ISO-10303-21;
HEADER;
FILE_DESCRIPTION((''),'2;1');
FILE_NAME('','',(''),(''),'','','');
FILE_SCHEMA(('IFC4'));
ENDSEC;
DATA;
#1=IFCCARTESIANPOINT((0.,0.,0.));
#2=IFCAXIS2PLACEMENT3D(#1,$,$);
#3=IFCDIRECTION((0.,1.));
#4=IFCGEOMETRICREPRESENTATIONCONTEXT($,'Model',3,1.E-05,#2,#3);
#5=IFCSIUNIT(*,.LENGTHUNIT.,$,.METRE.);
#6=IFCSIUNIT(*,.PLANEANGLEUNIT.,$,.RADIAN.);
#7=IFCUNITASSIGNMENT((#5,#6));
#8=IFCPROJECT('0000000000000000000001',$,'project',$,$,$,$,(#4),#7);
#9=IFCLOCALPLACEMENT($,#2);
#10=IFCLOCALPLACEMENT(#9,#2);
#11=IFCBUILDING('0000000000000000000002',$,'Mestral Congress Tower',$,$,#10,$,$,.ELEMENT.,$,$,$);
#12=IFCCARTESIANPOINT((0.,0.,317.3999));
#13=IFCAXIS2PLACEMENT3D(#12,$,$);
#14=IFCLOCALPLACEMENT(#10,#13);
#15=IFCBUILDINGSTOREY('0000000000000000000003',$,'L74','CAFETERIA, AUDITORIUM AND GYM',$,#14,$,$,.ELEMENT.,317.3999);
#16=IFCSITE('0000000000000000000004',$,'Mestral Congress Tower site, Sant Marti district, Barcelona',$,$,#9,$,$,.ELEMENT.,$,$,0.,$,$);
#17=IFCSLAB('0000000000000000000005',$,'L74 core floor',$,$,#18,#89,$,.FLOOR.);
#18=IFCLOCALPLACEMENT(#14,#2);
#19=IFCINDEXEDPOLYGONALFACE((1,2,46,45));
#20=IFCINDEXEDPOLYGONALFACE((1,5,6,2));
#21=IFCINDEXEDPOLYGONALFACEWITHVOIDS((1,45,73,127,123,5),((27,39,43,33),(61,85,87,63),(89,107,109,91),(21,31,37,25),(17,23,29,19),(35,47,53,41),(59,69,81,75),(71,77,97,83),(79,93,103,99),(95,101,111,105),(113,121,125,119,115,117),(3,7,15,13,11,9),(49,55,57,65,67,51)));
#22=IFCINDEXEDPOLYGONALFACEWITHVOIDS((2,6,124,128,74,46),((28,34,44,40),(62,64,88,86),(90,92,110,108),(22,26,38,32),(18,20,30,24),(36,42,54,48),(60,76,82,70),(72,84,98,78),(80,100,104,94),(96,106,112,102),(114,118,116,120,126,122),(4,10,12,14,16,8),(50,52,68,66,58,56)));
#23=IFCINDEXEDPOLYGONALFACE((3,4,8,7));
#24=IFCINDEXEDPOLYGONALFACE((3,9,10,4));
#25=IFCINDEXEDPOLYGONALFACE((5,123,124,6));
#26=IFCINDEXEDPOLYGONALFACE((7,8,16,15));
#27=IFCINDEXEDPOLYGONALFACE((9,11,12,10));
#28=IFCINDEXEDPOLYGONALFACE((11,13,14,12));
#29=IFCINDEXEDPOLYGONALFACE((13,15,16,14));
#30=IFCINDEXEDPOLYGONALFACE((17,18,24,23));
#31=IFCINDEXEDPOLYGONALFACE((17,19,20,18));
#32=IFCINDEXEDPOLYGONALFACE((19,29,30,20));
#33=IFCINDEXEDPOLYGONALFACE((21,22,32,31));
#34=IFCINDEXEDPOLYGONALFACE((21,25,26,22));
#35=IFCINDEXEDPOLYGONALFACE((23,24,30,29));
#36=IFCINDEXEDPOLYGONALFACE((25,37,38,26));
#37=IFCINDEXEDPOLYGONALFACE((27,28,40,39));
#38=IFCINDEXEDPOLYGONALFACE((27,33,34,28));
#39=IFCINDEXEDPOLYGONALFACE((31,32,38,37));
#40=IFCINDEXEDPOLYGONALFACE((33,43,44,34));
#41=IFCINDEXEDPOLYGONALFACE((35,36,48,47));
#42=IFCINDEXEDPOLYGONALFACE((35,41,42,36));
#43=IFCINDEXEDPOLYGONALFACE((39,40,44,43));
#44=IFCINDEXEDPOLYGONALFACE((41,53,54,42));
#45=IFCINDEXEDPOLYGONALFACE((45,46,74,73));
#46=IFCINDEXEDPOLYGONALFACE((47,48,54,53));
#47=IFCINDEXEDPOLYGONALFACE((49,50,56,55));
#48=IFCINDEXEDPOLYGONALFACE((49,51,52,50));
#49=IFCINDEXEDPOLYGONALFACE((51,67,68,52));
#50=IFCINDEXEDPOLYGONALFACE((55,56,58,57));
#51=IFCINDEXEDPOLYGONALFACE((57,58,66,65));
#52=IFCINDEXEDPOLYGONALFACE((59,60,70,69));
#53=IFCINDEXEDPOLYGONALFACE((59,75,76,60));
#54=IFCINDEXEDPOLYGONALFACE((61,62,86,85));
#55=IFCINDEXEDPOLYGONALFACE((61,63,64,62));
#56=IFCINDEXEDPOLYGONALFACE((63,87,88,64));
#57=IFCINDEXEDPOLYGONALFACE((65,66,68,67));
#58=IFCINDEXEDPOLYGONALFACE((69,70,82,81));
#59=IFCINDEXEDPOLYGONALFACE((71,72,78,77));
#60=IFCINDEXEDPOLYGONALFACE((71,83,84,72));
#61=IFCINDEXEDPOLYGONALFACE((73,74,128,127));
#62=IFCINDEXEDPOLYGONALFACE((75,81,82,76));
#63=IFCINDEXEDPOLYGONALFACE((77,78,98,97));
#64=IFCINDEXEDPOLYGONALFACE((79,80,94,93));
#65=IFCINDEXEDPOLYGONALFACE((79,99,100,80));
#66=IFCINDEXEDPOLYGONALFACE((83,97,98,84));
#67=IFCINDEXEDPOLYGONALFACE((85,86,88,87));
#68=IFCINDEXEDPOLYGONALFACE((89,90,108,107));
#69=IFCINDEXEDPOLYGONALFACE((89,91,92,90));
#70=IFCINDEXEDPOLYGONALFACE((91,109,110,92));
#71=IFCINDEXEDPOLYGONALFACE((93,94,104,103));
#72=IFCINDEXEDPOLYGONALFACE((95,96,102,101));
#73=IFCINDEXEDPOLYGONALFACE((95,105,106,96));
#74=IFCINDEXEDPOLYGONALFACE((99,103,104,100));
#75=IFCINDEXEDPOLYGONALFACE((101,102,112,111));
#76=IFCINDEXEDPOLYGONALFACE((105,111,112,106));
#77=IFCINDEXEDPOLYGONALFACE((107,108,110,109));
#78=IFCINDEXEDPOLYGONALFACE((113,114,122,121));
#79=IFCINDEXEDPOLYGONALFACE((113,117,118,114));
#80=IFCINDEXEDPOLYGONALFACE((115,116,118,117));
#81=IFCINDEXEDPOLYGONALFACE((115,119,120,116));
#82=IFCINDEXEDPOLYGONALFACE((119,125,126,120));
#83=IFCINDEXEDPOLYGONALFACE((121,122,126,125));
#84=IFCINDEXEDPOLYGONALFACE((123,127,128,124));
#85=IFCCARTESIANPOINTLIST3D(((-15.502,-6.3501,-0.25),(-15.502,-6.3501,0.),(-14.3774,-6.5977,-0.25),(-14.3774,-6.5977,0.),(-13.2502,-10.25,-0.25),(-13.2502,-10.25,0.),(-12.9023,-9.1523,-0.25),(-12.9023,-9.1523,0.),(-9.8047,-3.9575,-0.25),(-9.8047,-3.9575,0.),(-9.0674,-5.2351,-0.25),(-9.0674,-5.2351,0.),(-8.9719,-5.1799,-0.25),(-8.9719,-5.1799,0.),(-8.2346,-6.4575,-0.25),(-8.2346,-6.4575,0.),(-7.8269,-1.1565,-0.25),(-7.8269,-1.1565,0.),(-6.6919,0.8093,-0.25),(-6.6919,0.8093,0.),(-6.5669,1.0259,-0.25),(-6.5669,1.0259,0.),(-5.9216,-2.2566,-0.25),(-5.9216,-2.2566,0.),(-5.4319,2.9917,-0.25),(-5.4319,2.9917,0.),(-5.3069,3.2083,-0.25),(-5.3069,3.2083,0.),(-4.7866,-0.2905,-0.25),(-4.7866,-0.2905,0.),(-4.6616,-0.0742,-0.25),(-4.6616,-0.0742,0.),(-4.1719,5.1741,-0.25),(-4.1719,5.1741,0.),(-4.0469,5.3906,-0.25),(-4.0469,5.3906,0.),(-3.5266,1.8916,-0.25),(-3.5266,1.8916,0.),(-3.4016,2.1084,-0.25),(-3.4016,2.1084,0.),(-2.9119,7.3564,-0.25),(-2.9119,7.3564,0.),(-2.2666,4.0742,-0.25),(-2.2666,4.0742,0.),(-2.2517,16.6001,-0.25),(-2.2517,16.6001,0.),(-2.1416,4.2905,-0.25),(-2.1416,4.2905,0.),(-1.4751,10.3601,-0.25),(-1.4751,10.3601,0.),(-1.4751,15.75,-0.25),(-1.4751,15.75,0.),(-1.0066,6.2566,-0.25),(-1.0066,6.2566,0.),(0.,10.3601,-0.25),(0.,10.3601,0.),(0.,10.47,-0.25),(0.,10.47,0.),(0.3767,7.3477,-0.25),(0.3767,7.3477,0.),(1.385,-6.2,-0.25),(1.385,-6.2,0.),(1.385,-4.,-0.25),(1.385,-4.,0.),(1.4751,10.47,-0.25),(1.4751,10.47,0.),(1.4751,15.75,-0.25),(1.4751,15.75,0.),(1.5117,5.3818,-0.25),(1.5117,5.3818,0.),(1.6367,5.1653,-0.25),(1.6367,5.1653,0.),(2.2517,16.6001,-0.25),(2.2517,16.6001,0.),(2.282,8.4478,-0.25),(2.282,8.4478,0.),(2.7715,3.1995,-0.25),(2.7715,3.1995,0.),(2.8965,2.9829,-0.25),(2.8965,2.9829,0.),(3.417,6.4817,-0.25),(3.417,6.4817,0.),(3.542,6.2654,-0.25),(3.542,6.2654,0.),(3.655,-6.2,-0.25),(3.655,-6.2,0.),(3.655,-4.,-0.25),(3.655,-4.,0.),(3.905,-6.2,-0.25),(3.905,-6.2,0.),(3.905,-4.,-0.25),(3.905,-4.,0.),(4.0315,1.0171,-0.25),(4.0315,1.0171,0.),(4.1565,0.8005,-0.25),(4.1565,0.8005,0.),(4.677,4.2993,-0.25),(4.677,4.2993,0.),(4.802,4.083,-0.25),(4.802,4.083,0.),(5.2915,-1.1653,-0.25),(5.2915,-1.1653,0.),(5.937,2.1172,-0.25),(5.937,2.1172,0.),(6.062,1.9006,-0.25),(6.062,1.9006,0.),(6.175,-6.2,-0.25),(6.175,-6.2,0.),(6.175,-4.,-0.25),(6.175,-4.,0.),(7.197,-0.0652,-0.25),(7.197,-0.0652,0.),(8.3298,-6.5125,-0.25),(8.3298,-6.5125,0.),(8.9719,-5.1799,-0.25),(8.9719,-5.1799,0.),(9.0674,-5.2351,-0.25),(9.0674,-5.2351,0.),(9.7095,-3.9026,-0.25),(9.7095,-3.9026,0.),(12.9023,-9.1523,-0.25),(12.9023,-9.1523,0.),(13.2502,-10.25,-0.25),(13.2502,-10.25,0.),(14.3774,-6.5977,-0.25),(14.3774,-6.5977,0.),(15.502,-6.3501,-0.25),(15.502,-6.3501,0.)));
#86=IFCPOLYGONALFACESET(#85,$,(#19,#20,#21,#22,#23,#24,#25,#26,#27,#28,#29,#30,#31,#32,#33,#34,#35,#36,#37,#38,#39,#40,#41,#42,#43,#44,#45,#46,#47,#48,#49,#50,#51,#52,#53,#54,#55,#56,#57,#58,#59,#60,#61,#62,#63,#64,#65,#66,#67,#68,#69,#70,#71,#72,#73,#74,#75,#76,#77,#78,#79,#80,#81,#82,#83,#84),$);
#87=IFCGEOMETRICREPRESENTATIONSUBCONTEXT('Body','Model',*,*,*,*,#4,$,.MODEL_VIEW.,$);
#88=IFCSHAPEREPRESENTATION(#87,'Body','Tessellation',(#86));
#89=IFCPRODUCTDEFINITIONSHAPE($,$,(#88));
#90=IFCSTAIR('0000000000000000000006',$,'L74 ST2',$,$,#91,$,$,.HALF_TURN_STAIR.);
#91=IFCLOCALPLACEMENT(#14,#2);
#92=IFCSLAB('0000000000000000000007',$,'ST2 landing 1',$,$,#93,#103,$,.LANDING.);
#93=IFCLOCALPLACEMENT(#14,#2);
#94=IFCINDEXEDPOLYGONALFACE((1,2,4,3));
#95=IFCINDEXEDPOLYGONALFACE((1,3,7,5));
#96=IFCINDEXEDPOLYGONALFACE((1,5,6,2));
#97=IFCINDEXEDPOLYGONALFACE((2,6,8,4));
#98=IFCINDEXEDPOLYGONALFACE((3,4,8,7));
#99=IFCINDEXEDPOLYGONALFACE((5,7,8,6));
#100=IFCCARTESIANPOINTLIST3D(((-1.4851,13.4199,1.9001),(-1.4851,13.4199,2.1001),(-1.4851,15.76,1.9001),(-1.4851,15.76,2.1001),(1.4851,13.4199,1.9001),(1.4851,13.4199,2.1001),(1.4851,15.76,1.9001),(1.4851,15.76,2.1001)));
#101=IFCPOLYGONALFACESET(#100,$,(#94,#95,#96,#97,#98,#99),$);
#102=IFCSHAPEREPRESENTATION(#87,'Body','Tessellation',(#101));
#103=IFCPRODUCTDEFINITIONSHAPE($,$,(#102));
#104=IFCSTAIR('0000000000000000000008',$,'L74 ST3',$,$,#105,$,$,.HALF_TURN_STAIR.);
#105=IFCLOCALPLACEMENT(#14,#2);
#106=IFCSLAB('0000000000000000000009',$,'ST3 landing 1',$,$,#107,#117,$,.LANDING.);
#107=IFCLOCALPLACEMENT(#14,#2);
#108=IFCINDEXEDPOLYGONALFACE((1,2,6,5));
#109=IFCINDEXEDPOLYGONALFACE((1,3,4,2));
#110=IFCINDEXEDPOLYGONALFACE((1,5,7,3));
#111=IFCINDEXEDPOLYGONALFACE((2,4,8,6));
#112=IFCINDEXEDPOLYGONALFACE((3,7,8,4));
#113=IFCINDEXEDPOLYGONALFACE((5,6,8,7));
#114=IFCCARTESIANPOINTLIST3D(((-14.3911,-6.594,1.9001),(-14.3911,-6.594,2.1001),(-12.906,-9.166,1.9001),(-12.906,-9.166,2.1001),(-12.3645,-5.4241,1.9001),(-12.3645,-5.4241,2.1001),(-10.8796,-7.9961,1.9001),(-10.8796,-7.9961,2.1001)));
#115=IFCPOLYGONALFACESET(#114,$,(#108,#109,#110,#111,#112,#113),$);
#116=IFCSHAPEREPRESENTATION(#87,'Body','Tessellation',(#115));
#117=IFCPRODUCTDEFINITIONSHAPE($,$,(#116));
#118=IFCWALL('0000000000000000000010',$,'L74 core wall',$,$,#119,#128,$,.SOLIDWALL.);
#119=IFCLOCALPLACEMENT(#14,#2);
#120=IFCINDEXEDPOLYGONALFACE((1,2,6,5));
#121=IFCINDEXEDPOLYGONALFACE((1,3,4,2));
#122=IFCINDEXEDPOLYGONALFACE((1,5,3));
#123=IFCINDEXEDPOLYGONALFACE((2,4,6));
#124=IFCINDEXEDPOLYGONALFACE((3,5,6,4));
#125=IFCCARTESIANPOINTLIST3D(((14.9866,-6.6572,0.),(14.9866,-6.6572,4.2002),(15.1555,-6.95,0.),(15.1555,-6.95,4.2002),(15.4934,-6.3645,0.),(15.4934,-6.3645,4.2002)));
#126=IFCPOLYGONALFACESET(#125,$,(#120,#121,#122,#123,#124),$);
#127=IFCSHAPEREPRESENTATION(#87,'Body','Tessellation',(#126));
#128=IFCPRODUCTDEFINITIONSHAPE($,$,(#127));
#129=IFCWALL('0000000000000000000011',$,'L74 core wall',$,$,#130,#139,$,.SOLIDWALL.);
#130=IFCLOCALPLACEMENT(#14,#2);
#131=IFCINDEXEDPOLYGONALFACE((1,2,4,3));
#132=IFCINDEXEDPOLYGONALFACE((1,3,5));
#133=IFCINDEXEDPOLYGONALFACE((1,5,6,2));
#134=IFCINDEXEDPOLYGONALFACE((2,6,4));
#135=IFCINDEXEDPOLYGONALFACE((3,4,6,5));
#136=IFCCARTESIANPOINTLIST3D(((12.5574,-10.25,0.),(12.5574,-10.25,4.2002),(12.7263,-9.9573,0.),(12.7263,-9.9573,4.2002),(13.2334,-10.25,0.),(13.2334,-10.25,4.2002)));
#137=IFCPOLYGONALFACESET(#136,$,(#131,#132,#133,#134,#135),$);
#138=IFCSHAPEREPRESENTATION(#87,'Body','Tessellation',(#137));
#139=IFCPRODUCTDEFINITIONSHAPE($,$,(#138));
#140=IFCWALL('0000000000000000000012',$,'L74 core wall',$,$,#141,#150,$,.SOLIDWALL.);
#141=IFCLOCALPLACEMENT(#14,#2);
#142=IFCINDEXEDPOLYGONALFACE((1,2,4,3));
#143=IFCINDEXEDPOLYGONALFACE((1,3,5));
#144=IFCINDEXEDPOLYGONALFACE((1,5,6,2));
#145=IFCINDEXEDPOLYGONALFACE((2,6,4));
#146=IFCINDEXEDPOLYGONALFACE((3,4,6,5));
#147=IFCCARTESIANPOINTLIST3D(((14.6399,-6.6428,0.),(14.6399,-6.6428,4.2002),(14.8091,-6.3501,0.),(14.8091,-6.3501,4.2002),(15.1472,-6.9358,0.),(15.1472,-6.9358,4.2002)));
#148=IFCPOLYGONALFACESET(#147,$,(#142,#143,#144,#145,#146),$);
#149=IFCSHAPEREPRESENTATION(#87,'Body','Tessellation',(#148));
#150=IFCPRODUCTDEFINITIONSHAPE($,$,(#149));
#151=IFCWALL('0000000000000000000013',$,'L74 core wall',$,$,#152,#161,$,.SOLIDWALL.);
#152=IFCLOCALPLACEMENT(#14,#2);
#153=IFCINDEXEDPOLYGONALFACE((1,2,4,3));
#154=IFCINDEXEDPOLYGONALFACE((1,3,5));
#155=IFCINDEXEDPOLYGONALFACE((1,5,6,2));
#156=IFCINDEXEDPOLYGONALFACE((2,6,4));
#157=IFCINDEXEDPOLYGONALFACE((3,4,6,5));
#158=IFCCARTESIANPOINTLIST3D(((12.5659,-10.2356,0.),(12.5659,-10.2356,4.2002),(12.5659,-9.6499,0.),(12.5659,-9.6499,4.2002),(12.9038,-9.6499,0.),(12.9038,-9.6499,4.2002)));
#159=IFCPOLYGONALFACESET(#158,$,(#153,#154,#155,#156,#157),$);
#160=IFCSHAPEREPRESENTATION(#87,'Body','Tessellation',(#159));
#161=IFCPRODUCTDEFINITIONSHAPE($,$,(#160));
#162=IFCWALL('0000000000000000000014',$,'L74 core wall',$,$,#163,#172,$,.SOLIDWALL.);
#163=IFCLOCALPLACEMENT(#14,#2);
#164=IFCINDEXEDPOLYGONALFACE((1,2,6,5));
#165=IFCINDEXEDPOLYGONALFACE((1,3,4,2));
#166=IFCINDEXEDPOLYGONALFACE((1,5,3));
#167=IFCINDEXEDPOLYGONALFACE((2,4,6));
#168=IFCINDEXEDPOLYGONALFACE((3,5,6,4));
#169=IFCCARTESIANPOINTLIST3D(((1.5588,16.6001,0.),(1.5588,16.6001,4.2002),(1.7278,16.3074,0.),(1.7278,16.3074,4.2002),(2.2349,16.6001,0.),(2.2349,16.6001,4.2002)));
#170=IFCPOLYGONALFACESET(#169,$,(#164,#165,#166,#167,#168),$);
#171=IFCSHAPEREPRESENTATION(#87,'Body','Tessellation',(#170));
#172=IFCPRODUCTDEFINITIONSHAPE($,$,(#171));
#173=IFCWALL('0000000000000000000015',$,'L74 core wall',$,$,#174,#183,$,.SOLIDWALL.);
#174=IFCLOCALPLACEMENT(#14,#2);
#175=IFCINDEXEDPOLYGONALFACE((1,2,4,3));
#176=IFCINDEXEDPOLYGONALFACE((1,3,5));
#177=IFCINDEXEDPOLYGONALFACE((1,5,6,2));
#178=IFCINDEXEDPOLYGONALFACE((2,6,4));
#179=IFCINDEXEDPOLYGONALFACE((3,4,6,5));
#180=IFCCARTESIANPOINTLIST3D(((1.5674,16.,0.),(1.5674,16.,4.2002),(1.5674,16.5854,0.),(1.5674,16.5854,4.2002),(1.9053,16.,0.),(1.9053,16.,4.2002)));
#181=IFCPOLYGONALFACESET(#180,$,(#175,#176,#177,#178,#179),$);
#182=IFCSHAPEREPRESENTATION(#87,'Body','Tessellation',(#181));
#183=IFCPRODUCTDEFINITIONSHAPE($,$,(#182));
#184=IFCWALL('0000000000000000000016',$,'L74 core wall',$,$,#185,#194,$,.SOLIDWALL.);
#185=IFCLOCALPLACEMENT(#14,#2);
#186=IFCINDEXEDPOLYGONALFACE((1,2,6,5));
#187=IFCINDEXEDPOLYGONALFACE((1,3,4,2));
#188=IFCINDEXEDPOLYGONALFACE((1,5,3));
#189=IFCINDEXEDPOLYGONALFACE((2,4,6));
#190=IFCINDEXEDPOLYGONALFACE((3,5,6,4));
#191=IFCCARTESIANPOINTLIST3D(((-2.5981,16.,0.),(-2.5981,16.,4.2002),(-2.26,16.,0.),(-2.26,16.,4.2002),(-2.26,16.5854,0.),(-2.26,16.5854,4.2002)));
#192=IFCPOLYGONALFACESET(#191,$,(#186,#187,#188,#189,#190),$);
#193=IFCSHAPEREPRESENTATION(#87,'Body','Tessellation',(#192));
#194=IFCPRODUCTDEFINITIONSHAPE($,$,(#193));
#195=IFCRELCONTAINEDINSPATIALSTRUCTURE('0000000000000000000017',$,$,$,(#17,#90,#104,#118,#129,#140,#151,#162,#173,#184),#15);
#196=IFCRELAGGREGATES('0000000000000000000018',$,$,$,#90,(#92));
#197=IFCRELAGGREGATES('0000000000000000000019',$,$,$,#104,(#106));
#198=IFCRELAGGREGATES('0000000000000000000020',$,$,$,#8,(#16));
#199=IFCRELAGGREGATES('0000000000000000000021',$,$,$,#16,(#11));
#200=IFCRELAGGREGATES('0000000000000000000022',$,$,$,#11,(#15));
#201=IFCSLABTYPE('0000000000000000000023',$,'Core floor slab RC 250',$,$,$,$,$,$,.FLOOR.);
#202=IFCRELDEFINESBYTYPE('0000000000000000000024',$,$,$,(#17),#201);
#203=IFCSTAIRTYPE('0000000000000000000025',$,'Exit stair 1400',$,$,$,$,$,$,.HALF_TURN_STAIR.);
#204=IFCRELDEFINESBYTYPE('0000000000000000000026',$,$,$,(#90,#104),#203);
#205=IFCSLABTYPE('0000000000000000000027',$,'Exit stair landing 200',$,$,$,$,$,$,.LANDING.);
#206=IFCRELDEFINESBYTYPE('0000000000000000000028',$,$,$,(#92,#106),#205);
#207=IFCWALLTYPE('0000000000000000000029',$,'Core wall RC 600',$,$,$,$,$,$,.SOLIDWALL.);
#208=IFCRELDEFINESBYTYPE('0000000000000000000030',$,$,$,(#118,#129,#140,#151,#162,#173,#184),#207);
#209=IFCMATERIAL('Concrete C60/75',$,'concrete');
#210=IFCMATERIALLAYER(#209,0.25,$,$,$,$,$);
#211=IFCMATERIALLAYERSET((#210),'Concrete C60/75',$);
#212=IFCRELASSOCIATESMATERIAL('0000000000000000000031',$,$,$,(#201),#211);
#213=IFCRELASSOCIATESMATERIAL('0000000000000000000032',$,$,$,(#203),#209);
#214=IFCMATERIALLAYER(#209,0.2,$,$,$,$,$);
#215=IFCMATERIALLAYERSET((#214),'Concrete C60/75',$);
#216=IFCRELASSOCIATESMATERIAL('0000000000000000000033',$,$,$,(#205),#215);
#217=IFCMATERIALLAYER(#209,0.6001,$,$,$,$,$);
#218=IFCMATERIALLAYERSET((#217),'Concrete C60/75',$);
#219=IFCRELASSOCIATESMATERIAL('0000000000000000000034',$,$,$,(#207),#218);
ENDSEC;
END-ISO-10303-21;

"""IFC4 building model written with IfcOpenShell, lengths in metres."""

from ifc_helpers import new_model, si_unit, direction, frame, origin, place, context, subcontext, project, spatial, polyline, outline, extrude, material, layer, layer_set, type_object, element, aggregate, save


model = new_model("IFC4")

# Units and contexts
model_context = context("Model", 3, precision=1e-05, world=origin(), true_north=direction((0.0, 1.0)))
body_context = subcontext(model_context, "Body", "Model", "MODEL_VIEW")
ifc_project = project(units=[si_unit("LENGTHUNIT", "METRE"), si_unit("PLANEANGLEUNIT", "RADIAN")], contexts=[model_context])

# Site, building, storey
site_placement = place(None, origin())
site = spatial("IfcSite", under=ifc_project, at=site_placement, Name="Mestral Congress Tower site, Sant Marti district, Barcelona", CompositionType="ELEMENT", RefElevation=0.0)
building_placement = place(site_placement, origin())
building = spatial("IfcBuilding", under=site, at=building_placement, Name="Mestral Congress Tower", CompositionType="ELEMENT")
storey_placement = place(building_placement, frame((0.0, 0.0, 317.3999)))
storey = spatial("IfcBuildingStorey", under=building, at=storey_placement, Name="L74", Description="CAFETERIA, AUDITORIUM AND GYM", CompositionType="ELEMENT", Elevation=317.3999)

# Slab
ifc_material = material(Name="Concrete C60/75", Category="concrete")
ifc_layer_1 = layer(ifc_material, 0.25)
ifc_layer_set_1 = layer_set([ifc_layer_1], Name="Concrete C60/75")
slab_type_1 = type_object("IfcSlabType", Name="Core floor slab RC 250", PredefinedType="FLOOR", material=ifc_layer_set_1)
slab_1_placement = place(storey_placement, frame((0.0, 0.0, -0.25)))
element("IfcSlab", 1, at=slab_1_placement, inside=storey, type_object=slab_type_1, Name="L74 core floor", PredefinedType="FLOOR", context=body_context, shape_type="SweptSolid", body=[
    extrude(outline(polyline([(13.2502, -10.25), (-13.2502, -10.25), (-15.502, -6.3501), (-2.2517, 16.6001), (2.2517, 16.6001), (15.502, -6.3501), (13.2502, -10.25)]), holes=[polyline([(-14.3774, -6.5977), (-12.9023, -9.1523), (-8.2346, -6.4575), (-8.9719, -5.1799), (-9.0674, -5.2351), (-9.8047, -3.9575), (-14.3774, -6.5977)]), polyline([(-5.9216, -2.2566), (-4.7866, -0.2905), (-6.6919, 0.8093), (-7.8269, -1.1565), (-5.9216, -2.2566)]), polyline([(-4.6616, -0.0742), (-3.5266, 1.8916), (-5.4319, 2.9917), (-6.5669, 1.0259), (-4.6616, -0.0742)]), polyline([(-2.2666, 4.0742), (-4.1719, 5.1741), (-5.3069, 3.2083), (-3.4016, 2.1084), (-2.2666, 4.0742)]), polyline([(-2.1416, 4.2905), (-1.0066, 6.2566), (-2.9119, 7.3564), (-4.0469, 5.3906), (-2.1416, 4.2905)]), polyline([(0.3767, 7.3477), (1.5117, 5.3818), (3.417, 6.4817), (2.282, 8.4478), (0.3767, 7.3477)]), polyline([(1.4751, 15.75), (-1.4751, 15.75), (-1.4751, 10.3601), (0.0, 10.3601), (0.0, 10.47), (1.4751, 10.47), (1.4751, 15.75)]), polyline([(8.3298, -6.5125), (12.9023, -9.1523), (14.3774, -6.5977), (9.7095, -3.9026), (8.9719, -5.1799), (9.0674, -5.2351), (8.3298, -6.5125)]), polyline([(3.655, -4.0), (1.385, -4.0), (1.385, -6.2), (3.655, -6.2), (3.655, -4.0)]), polyline([(6.175, -4.0), (3.905, -4.0), (3.905, -6.2), (6.175, -6.2), (6.175, -4.0)]), polyline([(4.1565, 0.8005), (5.2915, -1.1653), (7.197, -0.0652), (6.062, 1.9006), (4.1565, 0.8005)]), polyline([(2.8965, 2.9829), (4.0315, 1.0171), (5.937, 2.1172), (4.802, 4.083), (2.8965, 2.9829)]), polyline([(1.6367, 5.1653), (2.7715, 3.1995), (4.677, 4.2993), (3.542, 6.2654), (1.6367, 5.1653)])]), origin(), (0.0, 0.0, 1.0), 0.25),
])

# Stairs, slabs
stair_type = type_object("IfcStairType", Name="Exit stair 1400", PredefinedType="HALF_TURN_STAIR", material=ifc_material)
placement_1 = place(storey_placement, origin())
stair_1 = element("IfcStair", 2, at=placement_1, inside=storey, type_object=stair_type, Name="L74 ST2", PredefinedType="HALF_TURN_STAIR")
ifc_layer_2 = layer(ifc_material, 0.2)
ifc_layer_set_2 = layer_set([ifc_layer_2], Name="Concrete C60/75")
slab_type_2 = type_object("IfcSlabType", Name="Exit stair landing 200", PredefinedType="LANDING", material=ifc_layer_set_2)
placement_2 = place(storey_placement, frame((0.0, 0.0, 1.9001)))
slab_2 = element("IfcSlab", 3, at=placement_2, type_object=slab_type_2, Name="ST2 landing 1", PredefinedType="LANDING", context=body_context, shape_type="SweptSolid", body=[
    extrude(outline(polyline([(1.4851, 13.4199), (-1.4851, 13.4199), (-1.4851, 15.76), (1.4851, 15.76), (1.4851, 13.4199)])), origin(), (0.0, 0.0, 1.0), 0.2),
])
aggregate(stair_1, [slab_2])
stair_2 = element("IfcStair", 4, at=placement_1, inside=storey, type_object=stair_type, Name="L74 ST3", PredefinedType="HALF_TURN_STAIR")
slab_3 = element("IfcSlab", 5, at=placement_2, type_object=slab_type_2, Name="ST3 landing 1", PredefinedType="LANDING", context=body_context, shape_type="SweptSolid", body=[
    extrude(outline(polyline([(-12.3645, -5.4241), (-10.8796, -7.9961), (-12.906, -9.166), (-14.3911, -6.594), (-12.3645, -5.4241)])), origin(), (0.0, 0.0, 1.0), 0.2),
])
aggregate(stair_2, [slab_3])

# Walls
ifc_layer_3 = layer(ifc_material, 0.6001)
ifc_layer_set_3 = layer_set([ifc_layer_3], Name="Concrete C60/75")
wall_type_1 = type_object("IfcWallType", Name="Core wall RC 600", PredefinedType="SOLIDWALL", material=ifc_layer_set_3)
element("IfcWall", 6, at=placement_1, inside=storey, type_object=wall_type_1, Name="L74 core wall", PredefinedType="SOLIDWALL", context=body_context, shape_type="SweptSolid", body=[
    extrude(outline(polyline([(15.1555, -6.95), (14.9866, -6.6572), (15.4934, -6.3645), (15.1555, -6.95)])), origin(), (0.0, 0.0, 1.0), 4.2002),
])
element("IfcWall", 7, at=placement_1, inside=storey, type_object=wall_type_1, Name="L74 core wall", PredefinedType="SOLIDWALL", context=body_context, shape_type="SweptSolid", body=[
    extrude(outline(polyline([(12.7263, -9.9573), (13.2334, -10.25), (12.5574, -10.25), (12.7263, -9.9573)])), origin(), (0.0, 0.0, 1.0), 4.2002),
])
element("IfcWall", 8, at=placement_1, inside=storey, type_object=wall_type_1, Name="L74 core wall", PredefinedType="SOLIDWALL", context=body_context, shape_type="SweptSolid", body=[
    extrude(outline(polyline([(14.8091, -6.3501), (15.1472, -6.9358), (14.6399, -6.6428), (14.8091, -6.3501)])), origin(), (0.0, 0.0, 1.0), 4.2002),
])
element("IfcWall", 9, at=placement_1, inside=storey, type_object=wall_type_1, Name="L74 core wall", PredefinedType="SOLIDWALL", context=body_context, shape_type="SweptSolid", body=[
    extrude(outline(polyline([(12.9038, -9.6499), (12.5659, -10.2356), (12.5659, -9.6499), (12.9038, -9.6499)])), origin(), (0.0, 0.0, 1.0), 4.2002),
])
element("IfcWall", 10, at=placement_1, inside=storey, type_object=wall_type_1, Name="L74 core wall", PredefinedType="SOLIDWALL", context=body_context, shape_type="SweptSolid", body=[
    extrude(outline(polyline([(1.5588, 16.6001), (2.2349, 16.6001), (1.7278, 16.3074), (1.5588, 16.6001)])), origin(), (0.0, 0.0, 1.0), 4.2002),
])
element("IfcWall", 11, at=placement_1, inside=storey, type_object=wall_type_1, Name="L74 core wall", PredefinedType="SOLIDWALL", context=body_context, shape_type="SweptSolid", body=[
    extrude(outline(polyline([(1.9053, 16.0), (1.5674, 16.0), (1.5674, 16.5854), (1.9053, 16.0)])), origin(), (0.0, 0.0, 1.0), 4.2002),
])
element("IfcWall", 12, at=placement_1, inside=storey, type_object=wall_type_1, Name="L74 core wall", PredefinedType="SOLIDWALL", context=body_context, shape_type="SweptSolid", body=[
    extrude(outline(polyline([(-2.5981, 16.0), (-2.26, 16.5854), (-2.26, 16.0), (-2.5981, 16.0)])), origin(), (0.0, 0.0, 1.0), 4.2002),
])

save(model, "model.ifc")
